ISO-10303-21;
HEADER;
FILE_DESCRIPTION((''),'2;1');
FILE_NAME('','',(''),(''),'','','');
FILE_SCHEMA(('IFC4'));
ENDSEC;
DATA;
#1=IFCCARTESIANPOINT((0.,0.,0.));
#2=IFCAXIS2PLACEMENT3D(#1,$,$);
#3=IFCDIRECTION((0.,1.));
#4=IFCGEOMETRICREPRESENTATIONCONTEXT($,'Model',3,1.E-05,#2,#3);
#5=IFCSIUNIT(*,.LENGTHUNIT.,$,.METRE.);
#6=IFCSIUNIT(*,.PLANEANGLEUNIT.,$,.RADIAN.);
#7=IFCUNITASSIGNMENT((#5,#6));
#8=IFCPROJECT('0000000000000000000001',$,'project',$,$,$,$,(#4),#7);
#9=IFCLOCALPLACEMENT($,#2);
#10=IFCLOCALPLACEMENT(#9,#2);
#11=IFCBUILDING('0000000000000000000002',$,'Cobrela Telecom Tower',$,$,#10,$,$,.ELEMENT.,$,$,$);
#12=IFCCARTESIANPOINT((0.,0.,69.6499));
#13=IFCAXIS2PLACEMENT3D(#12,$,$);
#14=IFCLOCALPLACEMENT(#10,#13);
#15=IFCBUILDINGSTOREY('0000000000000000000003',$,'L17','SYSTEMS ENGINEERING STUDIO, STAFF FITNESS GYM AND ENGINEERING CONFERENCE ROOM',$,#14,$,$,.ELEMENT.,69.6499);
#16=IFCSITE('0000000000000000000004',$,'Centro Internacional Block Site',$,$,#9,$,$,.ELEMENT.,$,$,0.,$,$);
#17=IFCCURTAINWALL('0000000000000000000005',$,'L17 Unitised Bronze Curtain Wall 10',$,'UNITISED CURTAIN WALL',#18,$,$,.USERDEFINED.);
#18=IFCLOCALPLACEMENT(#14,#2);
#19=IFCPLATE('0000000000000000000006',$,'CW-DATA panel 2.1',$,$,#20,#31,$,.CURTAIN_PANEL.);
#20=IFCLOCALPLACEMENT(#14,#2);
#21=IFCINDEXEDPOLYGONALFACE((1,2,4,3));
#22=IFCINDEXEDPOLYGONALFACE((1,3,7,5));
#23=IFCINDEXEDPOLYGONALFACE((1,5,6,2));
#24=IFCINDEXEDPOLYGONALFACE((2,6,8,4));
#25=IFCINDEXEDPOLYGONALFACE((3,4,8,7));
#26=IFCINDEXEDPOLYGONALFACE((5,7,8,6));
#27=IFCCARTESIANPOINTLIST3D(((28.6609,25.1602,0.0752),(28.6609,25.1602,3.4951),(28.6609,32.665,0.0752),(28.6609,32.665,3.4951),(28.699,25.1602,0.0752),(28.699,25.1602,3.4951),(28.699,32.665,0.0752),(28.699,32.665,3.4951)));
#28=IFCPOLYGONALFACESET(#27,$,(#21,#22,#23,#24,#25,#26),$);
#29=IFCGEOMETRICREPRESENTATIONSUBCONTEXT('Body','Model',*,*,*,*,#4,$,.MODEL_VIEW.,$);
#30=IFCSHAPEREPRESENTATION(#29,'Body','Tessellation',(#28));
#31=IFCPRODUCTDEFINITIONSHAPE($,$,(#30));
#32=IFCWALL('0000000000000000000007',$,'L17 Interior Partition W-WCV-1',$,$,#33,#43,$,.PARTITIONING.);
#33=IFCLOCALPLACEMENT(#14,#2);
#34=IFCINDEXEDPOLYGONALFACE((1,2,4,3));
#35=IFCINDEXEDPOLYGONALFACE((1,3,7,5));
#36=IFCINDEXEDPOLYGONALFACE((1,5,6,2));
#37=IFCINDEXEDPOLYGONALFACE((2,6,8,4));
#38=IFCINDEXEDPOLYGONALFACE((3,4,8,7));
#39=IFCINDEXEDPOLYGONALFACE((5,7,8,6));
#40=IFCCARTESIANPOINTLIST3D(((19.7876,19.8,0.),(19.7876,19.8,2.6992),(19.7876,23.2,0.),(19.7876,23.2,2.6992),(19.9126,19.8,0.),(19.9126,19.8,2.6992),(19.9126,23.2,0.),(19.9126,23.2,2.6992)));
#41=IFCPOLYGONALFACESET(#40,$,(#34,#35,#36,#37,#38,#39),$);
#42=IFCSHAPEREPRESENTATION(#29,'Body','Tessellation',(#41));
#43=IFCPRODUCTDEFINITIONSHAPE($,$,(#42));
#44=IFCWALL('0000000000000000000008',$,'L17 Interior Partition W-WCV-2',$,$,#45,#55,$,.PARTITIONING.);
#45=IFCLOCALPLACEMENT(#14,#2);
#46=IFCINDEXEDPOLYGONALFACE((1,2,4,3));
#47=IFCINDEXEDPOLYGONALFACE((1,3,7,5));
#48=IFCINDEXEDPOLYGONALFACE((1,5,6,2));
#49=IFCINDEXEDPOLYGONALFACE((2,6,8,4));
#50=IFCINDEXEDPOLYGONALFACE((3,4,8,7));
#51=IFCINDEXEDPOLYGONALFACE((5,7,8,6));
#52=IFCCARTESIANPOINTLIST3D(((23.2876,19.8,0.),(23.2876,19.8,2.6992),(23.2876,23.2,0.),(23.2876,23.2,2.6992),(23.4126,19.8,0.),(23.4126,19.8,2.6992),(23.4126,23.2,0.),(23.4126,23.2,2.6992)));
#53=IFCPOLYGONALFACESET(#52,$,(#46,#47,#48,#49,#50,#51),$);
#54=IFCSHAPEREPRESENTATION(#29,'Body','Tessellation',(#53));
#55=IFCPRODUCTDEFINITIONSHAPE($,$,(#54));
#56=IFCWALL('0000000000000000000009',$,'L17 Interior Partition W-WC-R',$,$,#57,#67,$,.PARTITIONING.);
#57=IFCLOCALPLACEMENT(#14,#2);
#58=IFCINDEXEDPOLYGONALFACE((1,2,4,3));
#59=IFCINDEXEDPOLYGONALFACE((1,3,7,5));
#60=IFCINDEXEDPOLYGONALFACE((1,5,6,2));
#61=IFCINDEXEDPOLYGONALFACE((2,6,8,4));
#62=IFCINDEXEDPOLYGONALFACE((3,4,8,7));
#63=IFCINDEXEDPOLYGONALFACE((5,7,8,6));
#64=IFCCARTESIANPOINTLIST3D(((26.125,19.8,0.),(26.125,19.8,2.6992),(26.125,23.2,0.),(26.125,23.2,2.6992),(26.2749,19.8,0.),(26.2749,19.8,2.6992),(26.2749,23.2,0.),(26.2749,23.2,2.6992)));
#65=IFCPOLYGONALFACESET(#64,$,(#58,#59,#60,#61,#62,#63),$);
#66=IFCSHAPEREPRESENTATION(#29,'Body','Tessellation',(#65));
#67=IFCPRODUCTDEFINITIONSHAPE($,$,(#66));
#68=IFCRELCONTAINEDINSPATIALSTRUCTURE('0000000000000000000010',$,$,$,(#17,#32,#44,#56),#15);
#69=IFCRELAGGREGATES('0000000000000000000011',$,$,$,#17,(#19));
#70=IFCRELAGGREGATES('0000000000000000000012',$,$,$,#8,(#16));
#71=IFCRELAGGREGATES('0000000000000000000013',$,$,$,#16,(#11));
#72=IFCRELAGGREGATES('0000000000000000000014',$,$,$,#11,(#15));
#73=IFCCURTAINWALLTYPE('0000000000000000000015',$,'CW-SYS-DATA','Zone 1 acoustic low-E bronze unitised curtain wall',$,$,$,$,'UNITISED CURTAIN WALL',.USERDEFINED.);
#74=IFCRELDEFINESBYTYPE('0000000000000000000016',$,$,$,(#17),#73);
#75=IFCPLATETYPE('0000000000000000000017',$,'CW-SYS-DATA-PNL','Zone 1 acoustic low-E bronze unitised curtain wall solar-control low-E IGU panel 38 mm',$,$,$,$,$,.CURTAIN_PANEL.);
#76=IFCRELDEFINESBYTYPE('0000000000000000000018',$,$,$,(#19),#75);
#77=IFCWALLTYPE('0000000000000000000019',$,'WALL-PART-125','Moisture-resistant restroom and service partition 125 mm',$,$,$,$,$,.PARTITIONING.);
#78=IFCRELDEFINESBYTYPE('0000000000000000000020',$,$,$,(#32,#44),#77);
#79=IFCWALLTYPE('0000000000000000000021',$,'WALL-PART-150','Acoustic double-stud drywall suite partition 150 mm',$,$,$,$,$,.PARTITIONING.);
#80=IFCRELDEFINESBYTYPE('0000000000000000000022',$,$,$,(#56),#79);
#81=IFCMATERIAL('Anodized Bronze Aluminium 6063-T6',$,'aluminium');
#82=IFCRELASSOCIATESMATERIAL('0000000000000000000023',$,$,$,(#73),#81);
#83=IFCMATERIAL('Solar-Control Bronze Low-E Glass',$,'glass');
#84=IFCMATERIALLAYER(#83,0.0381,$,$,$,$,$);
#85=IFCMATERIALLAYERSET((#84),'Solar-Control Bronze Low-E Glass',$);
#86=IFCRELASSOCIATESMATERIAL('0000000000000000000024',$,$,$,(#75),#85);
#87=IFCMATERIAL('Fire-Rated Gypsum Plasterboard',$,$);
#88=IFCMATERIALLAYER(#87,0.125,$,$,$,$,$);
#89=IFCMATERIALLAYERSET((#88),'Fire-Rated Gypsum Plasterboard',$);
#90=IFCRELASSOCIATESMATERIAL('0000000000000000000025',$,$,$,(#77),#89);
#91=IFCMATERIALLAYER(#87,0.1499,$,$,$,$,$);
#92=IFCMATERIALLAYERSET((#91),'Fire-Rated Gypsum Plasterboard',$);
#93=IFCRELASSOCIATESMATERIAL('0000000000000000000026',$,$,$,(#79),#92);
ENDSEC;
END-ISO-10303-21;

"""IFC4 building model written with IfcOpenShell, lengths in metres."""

from ifc_helpers import new_model, si_unit, direction, frame, frame_2d, origin, origin_2d, place, context, subcontext, project, spatial, rectangle, extrude, material, layer, layer_set, type_object, element, aggregate, save


model = new_model("IFC4")

# Units and contexts
model_context = context("Model", 3, precision=1e-05, world=origin(), true_north=direction((0.0, 1.0)))
body_context = subcontext(model_context, "Body", "Model", "MODEL_VIEW")
ifc_project = project(units=[si_unit("LENGTHUNIT", "METRE"), si_unit("PLANEANGLEUNIT", "RADIAN")], contexts=[model_context])

# Site, building, storey
site_placement = place(None, origin())
site = spatial("IfcSite", under=ifc_project, at=site_placement, Name="Centro Internacional Block Site", CompositionType="ELEMENT", RefElevation=0.0)
building_placement = place(site_placement, origin())
building = spatial("IfcBuilding", under=site, at=building_placement, Name="Cobrela Telecom Tower", CompositionType="ELEMENT")
storey_placement = place(building_placement, frame((0.0, 0.0, 69.6499)))
storey = spatial("IfcBuildingStorey", under=building, at=storey_placement, Name="L17", Description="SYSTEMS ENGINEERING STUDIO, STAFF FITNESS GYM AND ENGINEERING CONFERENCE ROOM", CompositionType="ELEMENT", Elevation=69.6499)

# Curtain wall, plate
ifc_material_1 = material(Name="Anodized Bronze Aluminium 6063-T6", Category="aluminium")
curtain_wall_type = type_object("IfcCurtainWallType", Name="CW-SYS-DATA", Description="Zone 1 acoustic low-E bronze unitised curtain wall", ElementType="UNITISED CURTAIN WALL", PredefinedType="USERDEFINED", material=ifc_material_1)
curtain_wall_placement = place(storey_placement, origin())
curtain_wall = element("IfcCurtainWall", 1, at=curtain_wall_placement, inside=storey, type_object=curtain_wall_type, Name="L17 Unitised Bronze Curtain Wall 10", ObjectType="UNITISED CURTAIN WALL", PredefinedType="USERDEFINED")
ifc_material_2 = material(Name="Solar-Control Bronze Low-E Glass", Category="glass")
ifc_layer_1 = layer(ifc_material_2, 0.0381)
ifc_layer_set_1 = layer_set([ifc_layer_1], Name="Solar-Control Bronze Low-E Glass")
plate_type = type_object("IfcPlateType", Name="CW-SYS-DATA-PNL", Description="Zone 1 acoustic low-E bronze unitised curtain wall solar-control low-E IGU panel 38 mm", PredefinedType="CURTAIN_PANEL", material=ifc_layer_set_1)
plate_placement = place(storey_placement, frame((28.6799, 28.9126, 0.0752), z_axis=(0.0, 0.0, 1.0), x_axis=(0.0, -1.0, 0.0)))
plate = element("IfcPlate", 2, at=plate_placement, type_object=plate_type, Name="CW-DATA panel 2.1", PredefinedType="CURTAIN_PANEL", context=body_context, shape_type="SweptSolid", body=[
    extrude(rectangle(XDim=7.5049, YDim=0.0381, at=origin_2d()), origin(), (0.0, 0.0, 1.0), 3.4199),
])
aggregate(curtain_wall, [plate])

# Walls
ifc_material_3 = material(Name="Fire-Rated Gypsum Plasterboard")
ifc_layer_2 = layer(ifc_material_3, 0.125)
ifc_layer_set_2 = layer_set([ifc_layer_2], Name="Fire-Rated Gypsum Plasterboard")
wall_type_1 = type_object("IfcWallType", Name="WALL-PART-125", Description="Moisture-resistant restroom and service partition 125 mm", PredefinedType="PARTITIONING", material=ifc_layer_set_2)
for number, where, z_axis, x_axis, name in (
    (3, (19.8501, 19.8, 0.0), (0.0, 0.0, 1.0), (0.0, 1.0, 0.0), "L17 Interior Partition W-WCV-1"),
    (4, (23.3501, 19.8, 0.0), (0.0, 0.0, 1.0), (0.0, 1.0, 0.0), "L17 Interior Partition W-WCV-2"),
):
    element("IfcWall", number, at=place(storey_placement, frame(where, z_axis=z_axis, x_axis=x_axis)), inside=storey, type_object=wall_type_1, Name=name, PredefinedType="PARTITIONING", context=body_context, shape_type="SweptSolid", body=[
        extrude(rectangle(XDim=3.3999, YDim=0.125, at=frame_2d((1.7, 0.0))), origin(), (0.0, 0.0, 1.0), 2.6992),
    ])
ifc_layer_3 = layer(ifc_material_3, 0.1499)
ifc_layer_set_3 = layer_set([ifc_layer_3], Name="Fire-Rated Gypsum Plasterboard")
wall_type_2 = type_object("IfcWallType", Name="WALL-PART-150", Description="Acoustic double-stud drywall suite partition 150 mm", PredefinedType="PARTITIONING", material=ifc_layer_set_3)
wall_placement = place(storey_placement, frame((26.2, 19.8, 0.0), z_axis=(0.0, 0.0, 1.0), x_axis=(0.0, 1.0, 0.0)))
element("IfcWall", 5, at=wall_placement, inside=storey, type_object=wall_type_2, Name="L17 Interior Partition W-WC-R", PredefinedType="PARTITIONING", context=body_context, shape_type="SweptSolid", body=[
    extrude(rectangle(XDim=3.3999, YDim=0.1499, at=frame_2d((1.7, 0.0))), origin(), (0.0, 0.0, 1.0), 2.6992),
])

save(model, "model.ifc")
